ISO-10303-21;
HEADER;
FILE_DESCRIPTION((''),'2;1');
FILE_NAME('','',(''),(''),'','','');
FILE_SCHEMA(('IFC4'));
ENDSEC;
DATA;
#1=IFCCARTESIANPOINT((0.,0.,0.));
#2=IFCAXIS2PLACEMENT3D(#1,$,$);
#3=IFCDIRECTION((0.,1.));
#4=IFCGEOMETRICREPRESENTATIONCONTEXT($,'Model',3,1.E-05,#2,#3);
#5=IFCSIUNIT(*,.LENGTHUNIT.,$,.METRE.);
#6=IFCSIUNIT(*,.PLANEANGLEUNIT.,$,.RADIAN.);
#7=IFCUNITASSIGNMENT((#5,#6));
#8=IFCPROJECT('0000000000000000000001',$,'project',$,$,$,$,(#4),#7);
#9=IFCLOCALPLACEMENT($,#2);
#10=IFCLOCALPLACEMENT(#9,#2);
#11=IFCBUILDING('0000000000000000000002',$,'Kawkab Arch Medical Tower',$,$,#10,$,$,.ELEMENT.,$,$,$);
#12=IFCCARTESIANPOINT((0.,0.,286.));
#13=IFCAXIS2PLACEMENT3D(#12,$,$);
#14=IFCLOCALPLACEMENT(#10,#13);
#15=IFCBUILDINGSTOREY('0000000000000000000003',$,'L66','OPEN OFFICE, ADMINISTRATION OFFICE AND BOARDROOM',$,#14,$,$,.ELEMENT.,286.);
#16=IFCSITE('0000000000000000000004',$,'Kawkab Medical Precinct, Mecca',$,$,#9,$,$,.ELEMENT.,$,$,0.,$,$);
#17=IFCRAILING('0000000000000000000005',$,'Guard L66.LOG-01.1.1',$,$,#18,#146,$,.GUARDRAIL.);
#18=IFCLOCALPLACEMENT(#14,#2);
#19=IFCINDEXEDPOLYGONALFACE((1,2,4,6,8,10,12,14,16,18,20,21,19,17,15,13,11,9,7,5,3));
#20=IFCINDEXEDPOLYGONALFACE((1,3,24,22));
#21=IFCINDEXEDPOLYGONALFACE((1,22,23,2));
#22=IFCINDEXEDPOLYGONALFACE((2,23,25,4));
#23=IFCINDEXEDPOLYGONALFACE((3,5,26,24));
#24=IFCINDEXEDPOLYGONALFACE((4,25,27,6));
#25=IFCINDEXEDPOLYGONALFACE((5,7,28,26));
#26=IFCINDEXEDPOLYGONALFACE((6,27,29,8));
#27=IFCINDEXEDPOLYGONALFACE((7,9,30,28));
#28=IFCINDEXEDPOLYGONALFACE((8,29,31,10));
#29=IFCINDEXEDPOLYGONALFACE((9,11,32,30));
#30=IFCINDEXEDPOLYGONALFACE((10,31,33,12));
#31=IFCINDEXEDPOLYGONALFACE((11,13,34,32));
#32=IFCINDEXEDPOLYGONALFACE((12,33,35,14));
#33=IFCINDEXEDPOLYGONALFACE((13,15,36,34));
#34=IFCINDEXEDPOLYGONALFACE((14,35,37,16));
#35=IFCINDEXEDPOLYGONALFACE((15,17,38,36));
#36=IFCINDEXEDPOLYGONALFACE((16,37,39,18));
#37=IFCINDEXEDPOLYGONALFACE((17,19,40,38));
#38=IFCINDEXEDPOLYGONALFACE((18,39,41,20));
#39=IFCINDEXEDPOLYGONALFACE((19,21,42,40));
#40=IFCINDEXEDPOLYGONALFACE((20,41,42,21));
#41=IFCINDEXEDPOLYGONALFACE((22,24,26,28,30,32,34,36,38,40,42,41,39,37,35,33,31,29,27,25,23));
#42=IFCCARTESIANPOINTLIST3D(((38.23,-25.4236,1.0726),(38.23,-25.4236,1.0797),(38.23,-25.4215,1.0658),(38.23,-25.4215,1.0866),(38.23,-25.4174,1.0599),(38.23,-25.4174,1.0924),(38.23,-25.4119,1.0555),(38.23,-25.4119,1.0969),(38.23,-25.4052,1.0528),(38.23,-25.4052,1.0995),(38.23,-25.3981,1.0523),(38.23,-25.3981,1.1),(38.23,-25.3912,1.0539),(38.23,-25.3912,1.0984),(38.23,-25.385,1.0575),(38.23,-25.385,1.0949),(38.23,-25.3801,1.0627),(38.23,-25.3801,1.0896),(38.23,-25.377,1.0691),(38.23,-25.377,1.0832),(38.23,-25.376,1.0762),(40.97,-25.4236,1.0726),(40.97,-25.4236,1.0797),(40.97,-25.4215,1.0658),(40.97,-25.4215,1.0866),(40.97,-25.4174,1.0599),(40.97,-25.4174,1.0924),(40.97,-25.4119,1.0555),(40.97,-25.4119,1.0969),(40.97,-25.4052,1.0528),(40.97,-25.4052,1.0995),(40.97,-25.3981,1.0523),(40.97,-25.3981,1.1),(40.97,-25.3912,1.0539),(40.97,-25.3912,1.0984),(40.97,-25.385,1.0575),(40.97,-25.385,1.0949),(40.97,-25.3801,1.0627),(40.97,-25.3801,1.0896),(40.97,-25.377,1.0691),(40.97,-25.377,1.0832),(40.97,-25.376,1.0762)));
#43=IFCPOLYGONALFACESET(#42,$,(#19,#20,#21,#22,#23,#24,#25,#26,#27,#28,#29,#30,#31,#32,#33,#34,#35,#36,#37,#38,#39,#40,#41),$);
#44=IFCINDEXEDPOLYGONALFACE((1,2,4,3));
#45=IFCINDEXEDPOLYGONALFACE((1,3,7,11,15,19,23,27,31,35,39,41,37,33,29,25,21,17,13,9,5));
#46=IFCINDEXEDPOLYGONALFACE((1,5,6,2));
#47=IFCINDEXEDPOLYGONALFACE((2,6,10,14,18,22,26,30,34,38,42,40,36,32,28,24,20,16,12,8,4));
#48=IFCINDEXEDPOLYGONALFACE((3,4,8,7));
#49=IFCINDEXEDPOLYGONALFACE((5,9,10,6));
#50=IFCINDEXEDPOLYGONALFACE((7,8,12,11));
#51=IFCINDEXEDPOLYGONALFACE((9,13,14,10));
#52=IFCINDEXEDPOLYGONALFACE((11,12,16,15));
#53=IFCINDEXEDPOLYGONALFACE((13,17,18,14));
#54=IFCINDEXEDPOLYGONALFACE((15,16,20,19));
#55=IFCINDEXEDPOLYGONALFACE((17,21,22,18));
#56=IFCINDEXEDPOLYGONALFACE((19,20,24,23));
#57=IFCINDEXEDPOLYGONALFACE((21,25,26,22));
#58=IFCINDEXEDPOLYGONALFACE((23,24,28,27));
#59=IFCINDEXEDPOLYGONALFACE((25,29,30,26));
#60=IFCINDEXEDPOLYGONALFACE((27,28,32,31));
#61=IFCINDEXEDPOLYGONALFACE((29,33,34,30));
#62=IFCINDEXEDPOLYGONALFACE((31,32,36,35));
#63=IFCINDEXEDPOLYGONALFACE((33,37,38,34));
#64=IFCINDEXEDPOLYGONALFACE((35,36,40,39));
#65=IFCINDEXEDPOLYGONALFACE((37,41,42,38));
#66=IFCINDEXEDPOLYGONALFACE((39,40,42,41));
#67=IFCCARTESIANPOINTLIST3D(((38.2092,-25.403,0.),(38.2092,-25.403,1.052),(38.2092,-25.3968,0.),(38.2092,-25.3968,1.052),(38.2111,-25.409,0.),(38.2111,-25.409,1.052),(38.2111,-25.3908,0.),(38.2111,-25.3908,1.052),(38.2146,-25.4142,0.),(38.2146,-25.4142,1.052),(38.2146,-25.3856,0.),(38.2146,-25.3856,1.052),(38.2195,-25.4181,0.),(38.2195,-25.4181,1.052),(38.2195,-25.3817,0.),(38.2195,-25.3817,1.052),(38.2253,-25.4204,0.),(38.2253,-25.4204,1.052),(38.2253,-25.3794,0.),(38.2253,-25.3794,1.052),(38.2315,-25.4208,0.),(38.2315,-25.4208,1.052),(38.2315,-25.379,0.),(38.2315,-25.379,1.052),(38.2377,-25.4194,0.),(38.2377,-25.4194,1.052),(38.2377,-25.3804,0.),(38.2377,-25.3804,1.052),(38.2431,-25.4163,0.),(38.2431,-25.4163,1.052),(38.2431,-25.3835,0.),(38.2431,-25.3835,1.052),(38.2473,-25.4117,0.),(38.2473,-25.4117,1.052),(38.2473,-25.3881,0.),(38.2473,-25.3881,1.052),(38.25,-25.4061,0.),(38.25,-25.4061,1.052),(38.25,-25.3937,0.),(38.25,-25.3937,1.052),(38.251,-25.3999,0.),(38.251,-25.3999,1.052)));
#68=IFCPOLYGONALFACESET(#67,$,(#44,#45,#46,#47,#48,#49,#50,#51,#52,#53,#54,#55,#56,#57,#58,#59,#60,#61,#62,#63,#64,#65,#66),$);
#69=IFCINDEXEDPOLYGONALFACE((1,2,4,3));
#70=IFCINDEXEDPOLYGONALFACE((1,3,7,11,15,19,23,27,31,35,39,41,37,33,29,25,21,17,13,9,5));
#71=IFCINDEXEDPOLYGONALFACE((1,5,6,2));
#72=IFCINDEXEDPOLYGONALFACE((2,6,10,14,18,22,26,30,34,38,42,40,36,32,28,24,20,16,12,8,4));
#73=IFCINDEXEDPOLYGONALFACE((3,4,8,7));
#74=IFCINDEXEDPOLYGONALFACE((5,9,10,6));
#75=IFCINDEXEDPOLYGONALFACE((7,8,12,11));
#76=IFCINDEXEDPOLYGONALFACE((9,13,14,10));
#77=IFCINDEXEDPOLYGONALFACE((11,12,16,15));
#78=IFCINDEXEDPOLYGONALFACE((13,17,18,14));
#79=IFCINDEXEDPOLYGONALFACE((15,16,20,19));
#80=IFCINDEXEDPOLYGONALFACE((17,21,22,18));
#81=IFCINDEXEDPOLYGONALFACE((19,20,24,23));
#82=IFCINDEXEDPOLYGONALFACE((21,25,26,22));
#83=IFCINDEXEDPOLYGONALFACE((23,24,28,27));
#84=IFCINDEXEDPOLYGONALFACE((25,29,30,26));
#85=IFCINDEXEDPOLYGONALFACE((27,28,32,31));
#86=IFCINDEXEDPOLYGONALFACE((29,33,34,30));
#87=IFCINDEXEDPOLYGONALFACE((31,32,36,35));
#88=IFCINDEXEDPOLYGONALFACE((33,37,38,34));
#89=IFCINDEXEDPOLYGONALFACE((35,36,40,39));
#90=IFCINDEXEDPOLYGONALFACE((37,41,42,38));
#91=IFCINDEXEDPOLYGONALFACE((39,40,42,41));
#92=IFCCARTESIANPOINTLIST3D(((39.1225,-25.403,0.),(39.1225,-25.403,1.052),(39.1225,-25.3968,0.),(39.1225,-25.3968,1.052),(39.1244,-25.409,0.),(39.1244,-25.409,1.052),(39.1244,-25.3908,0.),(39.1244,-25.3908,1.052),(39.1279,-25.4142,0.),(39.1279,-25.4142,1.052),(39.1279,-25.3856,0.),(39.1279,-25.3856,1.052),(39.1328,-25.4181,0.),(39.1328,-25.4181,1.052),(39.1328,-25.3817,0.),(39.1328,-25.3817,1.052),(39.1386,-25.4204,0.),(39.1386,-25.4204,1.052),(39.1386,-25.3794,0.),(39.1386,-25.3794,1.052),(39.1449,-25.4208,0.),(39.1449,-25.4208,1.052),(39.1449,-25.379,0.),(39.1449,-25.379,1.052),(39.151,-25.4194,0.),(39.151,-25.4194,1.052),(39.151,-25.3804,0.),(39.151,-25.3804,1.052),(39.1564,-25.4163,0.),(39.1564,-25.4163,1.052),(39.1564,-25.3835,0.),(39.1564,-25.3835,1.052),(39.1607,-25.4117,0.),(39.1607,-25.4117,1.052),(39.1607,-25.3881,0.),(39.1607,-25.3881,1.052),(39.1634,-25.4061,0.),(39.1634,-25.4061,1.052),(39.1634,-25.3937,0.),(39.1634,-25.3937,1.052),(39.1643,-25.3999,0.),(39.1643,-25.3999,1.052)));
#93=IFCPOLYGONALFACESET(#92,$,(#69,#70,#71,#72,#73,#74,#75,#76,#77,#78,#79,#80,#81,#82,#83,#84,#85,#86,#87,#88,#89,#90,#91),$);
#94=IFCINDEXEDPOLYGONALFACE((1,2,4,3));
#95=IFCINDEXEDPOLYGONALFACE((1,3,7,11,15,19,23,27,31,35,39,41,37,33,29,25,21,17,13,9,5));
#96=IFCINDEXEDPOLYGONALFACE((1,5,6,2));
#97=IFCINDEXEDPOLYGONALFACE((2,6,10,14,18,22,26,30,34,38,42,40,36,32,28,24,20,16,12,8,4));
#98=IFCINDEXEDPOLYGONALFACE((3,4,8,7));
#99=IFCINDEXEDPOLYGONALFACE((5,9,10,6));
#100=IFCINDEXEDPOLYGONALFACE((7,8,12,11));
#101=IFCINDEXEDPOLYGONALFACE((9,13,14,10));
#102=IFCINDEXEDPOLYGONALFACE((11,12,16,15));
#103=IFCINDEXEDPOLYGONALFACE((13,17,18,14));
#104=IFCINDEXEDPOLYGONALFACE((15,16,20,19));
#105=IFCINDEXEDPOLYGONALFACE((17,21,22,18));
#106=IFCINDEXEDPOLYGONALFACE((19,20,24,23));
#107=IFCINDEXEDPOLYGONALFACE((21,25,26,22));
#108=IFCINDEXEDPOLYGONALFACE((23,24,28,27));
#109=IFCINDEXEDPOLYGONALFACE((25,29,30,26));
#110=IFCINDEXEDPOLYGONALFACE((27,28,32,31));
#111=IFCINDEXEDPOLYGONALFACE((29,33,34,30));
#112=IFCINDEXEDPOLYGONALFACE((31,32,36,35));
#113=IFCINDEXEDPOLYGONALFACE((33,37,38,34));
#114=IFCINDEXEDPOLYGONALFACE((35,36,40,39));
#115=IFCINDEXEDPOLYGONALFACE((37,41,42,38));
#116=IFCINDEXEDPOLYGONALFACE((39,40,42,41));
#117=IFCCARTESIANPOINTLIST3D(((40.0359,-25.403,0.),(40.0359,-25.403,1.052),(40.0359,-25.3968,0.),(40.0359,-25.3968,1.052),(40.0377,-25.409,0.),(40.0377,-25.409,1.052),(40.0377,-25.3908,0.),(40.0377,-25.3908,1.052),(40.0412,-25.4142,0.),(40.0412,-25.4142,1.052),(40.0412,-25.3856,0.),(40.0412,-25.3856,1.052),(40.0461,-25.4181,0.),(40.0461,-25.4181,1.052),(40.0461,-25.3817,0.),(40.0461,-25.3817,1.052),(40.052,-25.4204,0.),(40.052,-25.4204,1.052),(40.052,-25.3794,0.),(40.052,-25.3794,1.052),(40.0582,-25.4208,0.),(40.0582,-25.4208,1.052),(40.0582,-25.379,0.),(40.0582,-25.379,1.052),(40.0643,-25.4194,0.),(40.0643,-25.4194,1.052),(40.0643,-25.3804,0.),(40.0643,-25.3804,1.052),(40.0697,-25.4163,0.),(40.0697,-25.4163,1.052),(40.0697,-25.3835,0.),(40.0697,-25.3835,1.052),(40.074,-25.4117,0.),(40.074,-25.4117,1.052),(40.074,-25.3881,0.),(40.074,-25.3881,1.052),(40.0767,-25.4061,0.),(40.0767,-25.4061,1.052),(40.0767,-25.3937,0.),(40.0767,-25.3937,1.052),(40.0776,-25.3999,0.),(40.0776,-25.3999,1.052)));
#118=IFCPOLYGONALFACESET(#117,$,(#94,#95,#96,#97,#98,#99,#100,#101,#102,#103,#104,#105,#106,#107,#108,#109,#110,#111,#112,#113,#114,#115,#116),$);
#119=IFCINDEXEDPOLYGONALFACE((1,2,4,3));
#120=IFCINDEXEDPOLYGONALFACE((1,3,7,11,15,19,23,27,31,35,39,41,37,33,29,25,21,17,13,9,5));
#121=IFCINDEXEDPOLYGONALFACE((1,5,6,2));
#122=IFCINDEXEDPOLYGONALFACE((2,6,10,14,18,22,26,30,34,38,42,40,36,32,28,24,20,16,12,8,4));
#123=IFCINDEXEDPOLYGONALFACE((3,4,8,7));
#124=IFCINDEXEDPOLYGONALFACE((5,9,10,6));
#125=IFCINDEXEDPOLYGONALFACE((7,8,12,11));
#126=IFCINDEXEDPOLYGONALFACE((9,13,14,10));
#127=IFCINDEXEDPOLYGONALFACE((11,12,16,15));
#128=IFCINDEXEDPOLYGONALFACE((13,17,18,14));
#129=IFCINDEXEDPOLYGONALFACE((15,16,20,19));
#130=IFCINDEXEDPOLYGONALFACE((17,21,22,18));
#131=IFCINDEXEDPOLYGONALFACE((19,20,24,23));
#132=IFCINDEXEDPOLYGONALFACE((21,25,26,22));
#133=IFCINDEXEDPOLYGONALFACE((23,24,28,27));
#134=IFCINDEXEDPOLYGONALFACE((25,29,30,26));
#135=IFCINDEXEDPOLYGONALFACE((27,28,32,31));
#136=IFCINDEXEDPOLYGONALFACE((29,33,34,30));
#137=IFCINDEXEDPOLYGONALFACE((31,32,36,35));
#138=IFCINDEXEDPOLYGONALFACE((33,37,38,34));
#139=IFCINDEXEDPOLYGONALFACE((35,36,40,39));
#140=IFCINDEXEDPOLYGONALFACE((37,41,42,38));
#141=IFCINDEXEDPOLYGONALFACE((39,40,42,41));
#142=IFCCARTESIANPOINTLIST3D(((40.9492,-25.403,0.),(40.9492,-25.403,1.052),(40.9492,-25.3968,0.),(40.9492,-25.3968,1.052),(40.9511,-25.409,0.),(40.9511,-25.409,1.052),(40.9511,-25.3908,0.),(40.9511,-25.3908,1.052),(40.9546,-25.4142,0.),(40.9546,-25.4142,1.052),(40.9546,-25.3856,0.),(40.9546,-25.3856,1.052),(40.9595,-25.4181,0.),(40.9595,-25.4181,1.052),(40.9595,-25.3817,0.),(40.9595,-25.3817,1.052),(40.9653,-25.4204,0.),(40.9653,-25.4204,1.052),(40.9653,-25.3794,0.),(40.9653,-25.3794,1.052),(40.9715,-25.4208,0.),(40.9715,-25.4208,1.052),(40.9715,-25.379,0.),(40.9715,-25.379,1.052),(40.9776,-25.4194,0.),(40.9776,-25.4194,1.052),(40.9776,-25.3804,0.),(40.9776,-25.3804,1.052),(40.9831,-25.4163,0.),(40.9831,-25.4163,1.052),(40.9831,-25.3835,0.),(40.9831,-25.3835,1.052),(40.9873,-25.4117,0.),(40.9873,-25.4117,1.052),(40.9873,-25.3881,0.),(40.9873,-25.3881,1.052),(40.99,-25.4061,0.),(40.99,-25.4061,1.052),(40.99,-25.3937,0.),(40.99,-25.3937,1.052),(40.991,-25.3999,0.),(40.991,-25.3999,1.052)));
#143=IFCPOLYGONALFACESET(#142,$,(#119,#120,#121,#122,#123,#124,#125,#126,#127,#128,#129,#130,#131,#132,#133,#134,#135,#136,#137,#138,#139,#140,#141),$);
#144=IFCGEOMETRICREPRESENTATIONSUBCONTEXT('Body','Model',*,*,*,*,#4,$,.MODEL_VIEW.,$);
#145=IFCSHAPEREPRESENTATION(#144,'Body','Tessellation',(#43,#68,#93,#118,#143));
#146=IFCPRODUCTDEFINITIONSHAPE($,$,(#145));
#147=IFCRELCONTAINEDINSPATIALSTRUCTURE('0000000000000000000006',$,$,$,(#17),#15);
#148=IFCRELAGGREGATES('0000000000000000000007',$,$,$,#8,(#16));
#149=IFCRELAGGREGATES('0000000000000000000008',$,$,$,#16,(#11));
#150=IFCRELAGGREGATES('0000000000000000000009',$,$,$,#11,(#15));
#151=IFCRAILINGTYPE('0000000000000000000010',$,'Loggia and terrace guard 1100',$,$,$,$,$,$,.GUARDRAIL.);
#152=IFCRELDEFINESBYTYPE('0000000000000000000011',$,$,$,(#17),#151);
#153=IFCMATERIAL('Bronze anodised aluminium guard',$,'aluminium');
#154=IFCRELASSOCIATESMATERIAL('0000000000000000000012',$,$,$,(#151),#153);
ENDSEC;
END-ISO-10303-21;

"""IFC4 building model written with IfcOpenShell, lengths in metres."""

from ifc_helpers import new_model, si_unit, direction, frame, origin, origin_2d, place, context, subcontext, project, spatial, circle, extrude, material, type_object, element, save


model = new_model("IFC4")

# Units and contexts
model_context = context("Model", 3, precision=1e-05, world=origin(), true_north=direction((0.0, 1.0)))
body_context = subcontext(model_context, "Body", "Model", "MODEL_VIEW")
ifc_project = project(units=[si_unit("LENGTHUNIT", "METRE"), si_unit("PLANEANGLEUNIT", "RADIAN")], contexts=[model_context])

# Site, building, storey
site_placement = place(None, origin())
site = spatial("IfcSite", under=ifc_project, at=site_placement, Name="Kawkab Medical Precinct, Mecca", CompositionType="ELEMENT", RefElevation=0.0)
building_placement = place(site_placement, origin())
building = spatial("IfcBuilding", under=site, at=building_placement, Name="Kawkab Arch Medical Tower", CompositionType="ELEMENT")
storey_placement = place(building_placement, frame((0.0, 0.0, 286.0)))
storey = spatial("IfcBuildingStorey", under=building, at=storey_placement, Name="L66", Description="OPEN OFFICE, ADMINISTRATION OFFICE AND BOARDROOM", CompositionType="ELEMENT", Elevation=286.0)

# Railing
ifc_material_1 = material(Name="Bronze anodised aluminium guard", Category="aluminium")
railing_type_1 = type_object("IfcRailingType", Name="Loggia and terrace guard 1100", PredefinedType="GUARDRAIL", material=ifc_material_1)
railing_1_placement = place(storey_placement, frame((38.23, -25.3999, 0.0)))
element("IfcRailing", 1, at=railing_1_placement, inside=storey, type_object=railing_type_1, Name="Guard L66.LOG-01.1.1", PredefinedType="GUARDRAIL", context=body_context, shape_type="SweptSolid", body=[
    extrude(circle(Radius=0.0239, at=origin_2d()), frame((0.0, 0.0, 1.0762), z_axis=(1.0, 0.0, 0.0), x_axis=(0.0, 1.0, 0.0)), (0.0, 0.0, 1.0), 2.74),
    extrude(circle(Radius=0.021, at=origin_2d()), origin(), (0.0, 0.0, 1.0), 1.052),
    extrude(circle(Radius=0.021, at=origin_2d()), frame((0.9133, 0.0, 0.0)), (0.0, 0.0, 1.0), 1.052),
    extrude(circle(Radius=0.021, at=origin_2d()), frame((1.8267, 0.0, 0.0)), (0.0, 0.0, 1.0), 1.052),
    extrude(circle(Radius=0.021, at=origin_2d()), frame((2.74, 0.0, 0.0)), (0.0, 0.0, 1.0), 1.052),
])

save(model, "model.ifc")
